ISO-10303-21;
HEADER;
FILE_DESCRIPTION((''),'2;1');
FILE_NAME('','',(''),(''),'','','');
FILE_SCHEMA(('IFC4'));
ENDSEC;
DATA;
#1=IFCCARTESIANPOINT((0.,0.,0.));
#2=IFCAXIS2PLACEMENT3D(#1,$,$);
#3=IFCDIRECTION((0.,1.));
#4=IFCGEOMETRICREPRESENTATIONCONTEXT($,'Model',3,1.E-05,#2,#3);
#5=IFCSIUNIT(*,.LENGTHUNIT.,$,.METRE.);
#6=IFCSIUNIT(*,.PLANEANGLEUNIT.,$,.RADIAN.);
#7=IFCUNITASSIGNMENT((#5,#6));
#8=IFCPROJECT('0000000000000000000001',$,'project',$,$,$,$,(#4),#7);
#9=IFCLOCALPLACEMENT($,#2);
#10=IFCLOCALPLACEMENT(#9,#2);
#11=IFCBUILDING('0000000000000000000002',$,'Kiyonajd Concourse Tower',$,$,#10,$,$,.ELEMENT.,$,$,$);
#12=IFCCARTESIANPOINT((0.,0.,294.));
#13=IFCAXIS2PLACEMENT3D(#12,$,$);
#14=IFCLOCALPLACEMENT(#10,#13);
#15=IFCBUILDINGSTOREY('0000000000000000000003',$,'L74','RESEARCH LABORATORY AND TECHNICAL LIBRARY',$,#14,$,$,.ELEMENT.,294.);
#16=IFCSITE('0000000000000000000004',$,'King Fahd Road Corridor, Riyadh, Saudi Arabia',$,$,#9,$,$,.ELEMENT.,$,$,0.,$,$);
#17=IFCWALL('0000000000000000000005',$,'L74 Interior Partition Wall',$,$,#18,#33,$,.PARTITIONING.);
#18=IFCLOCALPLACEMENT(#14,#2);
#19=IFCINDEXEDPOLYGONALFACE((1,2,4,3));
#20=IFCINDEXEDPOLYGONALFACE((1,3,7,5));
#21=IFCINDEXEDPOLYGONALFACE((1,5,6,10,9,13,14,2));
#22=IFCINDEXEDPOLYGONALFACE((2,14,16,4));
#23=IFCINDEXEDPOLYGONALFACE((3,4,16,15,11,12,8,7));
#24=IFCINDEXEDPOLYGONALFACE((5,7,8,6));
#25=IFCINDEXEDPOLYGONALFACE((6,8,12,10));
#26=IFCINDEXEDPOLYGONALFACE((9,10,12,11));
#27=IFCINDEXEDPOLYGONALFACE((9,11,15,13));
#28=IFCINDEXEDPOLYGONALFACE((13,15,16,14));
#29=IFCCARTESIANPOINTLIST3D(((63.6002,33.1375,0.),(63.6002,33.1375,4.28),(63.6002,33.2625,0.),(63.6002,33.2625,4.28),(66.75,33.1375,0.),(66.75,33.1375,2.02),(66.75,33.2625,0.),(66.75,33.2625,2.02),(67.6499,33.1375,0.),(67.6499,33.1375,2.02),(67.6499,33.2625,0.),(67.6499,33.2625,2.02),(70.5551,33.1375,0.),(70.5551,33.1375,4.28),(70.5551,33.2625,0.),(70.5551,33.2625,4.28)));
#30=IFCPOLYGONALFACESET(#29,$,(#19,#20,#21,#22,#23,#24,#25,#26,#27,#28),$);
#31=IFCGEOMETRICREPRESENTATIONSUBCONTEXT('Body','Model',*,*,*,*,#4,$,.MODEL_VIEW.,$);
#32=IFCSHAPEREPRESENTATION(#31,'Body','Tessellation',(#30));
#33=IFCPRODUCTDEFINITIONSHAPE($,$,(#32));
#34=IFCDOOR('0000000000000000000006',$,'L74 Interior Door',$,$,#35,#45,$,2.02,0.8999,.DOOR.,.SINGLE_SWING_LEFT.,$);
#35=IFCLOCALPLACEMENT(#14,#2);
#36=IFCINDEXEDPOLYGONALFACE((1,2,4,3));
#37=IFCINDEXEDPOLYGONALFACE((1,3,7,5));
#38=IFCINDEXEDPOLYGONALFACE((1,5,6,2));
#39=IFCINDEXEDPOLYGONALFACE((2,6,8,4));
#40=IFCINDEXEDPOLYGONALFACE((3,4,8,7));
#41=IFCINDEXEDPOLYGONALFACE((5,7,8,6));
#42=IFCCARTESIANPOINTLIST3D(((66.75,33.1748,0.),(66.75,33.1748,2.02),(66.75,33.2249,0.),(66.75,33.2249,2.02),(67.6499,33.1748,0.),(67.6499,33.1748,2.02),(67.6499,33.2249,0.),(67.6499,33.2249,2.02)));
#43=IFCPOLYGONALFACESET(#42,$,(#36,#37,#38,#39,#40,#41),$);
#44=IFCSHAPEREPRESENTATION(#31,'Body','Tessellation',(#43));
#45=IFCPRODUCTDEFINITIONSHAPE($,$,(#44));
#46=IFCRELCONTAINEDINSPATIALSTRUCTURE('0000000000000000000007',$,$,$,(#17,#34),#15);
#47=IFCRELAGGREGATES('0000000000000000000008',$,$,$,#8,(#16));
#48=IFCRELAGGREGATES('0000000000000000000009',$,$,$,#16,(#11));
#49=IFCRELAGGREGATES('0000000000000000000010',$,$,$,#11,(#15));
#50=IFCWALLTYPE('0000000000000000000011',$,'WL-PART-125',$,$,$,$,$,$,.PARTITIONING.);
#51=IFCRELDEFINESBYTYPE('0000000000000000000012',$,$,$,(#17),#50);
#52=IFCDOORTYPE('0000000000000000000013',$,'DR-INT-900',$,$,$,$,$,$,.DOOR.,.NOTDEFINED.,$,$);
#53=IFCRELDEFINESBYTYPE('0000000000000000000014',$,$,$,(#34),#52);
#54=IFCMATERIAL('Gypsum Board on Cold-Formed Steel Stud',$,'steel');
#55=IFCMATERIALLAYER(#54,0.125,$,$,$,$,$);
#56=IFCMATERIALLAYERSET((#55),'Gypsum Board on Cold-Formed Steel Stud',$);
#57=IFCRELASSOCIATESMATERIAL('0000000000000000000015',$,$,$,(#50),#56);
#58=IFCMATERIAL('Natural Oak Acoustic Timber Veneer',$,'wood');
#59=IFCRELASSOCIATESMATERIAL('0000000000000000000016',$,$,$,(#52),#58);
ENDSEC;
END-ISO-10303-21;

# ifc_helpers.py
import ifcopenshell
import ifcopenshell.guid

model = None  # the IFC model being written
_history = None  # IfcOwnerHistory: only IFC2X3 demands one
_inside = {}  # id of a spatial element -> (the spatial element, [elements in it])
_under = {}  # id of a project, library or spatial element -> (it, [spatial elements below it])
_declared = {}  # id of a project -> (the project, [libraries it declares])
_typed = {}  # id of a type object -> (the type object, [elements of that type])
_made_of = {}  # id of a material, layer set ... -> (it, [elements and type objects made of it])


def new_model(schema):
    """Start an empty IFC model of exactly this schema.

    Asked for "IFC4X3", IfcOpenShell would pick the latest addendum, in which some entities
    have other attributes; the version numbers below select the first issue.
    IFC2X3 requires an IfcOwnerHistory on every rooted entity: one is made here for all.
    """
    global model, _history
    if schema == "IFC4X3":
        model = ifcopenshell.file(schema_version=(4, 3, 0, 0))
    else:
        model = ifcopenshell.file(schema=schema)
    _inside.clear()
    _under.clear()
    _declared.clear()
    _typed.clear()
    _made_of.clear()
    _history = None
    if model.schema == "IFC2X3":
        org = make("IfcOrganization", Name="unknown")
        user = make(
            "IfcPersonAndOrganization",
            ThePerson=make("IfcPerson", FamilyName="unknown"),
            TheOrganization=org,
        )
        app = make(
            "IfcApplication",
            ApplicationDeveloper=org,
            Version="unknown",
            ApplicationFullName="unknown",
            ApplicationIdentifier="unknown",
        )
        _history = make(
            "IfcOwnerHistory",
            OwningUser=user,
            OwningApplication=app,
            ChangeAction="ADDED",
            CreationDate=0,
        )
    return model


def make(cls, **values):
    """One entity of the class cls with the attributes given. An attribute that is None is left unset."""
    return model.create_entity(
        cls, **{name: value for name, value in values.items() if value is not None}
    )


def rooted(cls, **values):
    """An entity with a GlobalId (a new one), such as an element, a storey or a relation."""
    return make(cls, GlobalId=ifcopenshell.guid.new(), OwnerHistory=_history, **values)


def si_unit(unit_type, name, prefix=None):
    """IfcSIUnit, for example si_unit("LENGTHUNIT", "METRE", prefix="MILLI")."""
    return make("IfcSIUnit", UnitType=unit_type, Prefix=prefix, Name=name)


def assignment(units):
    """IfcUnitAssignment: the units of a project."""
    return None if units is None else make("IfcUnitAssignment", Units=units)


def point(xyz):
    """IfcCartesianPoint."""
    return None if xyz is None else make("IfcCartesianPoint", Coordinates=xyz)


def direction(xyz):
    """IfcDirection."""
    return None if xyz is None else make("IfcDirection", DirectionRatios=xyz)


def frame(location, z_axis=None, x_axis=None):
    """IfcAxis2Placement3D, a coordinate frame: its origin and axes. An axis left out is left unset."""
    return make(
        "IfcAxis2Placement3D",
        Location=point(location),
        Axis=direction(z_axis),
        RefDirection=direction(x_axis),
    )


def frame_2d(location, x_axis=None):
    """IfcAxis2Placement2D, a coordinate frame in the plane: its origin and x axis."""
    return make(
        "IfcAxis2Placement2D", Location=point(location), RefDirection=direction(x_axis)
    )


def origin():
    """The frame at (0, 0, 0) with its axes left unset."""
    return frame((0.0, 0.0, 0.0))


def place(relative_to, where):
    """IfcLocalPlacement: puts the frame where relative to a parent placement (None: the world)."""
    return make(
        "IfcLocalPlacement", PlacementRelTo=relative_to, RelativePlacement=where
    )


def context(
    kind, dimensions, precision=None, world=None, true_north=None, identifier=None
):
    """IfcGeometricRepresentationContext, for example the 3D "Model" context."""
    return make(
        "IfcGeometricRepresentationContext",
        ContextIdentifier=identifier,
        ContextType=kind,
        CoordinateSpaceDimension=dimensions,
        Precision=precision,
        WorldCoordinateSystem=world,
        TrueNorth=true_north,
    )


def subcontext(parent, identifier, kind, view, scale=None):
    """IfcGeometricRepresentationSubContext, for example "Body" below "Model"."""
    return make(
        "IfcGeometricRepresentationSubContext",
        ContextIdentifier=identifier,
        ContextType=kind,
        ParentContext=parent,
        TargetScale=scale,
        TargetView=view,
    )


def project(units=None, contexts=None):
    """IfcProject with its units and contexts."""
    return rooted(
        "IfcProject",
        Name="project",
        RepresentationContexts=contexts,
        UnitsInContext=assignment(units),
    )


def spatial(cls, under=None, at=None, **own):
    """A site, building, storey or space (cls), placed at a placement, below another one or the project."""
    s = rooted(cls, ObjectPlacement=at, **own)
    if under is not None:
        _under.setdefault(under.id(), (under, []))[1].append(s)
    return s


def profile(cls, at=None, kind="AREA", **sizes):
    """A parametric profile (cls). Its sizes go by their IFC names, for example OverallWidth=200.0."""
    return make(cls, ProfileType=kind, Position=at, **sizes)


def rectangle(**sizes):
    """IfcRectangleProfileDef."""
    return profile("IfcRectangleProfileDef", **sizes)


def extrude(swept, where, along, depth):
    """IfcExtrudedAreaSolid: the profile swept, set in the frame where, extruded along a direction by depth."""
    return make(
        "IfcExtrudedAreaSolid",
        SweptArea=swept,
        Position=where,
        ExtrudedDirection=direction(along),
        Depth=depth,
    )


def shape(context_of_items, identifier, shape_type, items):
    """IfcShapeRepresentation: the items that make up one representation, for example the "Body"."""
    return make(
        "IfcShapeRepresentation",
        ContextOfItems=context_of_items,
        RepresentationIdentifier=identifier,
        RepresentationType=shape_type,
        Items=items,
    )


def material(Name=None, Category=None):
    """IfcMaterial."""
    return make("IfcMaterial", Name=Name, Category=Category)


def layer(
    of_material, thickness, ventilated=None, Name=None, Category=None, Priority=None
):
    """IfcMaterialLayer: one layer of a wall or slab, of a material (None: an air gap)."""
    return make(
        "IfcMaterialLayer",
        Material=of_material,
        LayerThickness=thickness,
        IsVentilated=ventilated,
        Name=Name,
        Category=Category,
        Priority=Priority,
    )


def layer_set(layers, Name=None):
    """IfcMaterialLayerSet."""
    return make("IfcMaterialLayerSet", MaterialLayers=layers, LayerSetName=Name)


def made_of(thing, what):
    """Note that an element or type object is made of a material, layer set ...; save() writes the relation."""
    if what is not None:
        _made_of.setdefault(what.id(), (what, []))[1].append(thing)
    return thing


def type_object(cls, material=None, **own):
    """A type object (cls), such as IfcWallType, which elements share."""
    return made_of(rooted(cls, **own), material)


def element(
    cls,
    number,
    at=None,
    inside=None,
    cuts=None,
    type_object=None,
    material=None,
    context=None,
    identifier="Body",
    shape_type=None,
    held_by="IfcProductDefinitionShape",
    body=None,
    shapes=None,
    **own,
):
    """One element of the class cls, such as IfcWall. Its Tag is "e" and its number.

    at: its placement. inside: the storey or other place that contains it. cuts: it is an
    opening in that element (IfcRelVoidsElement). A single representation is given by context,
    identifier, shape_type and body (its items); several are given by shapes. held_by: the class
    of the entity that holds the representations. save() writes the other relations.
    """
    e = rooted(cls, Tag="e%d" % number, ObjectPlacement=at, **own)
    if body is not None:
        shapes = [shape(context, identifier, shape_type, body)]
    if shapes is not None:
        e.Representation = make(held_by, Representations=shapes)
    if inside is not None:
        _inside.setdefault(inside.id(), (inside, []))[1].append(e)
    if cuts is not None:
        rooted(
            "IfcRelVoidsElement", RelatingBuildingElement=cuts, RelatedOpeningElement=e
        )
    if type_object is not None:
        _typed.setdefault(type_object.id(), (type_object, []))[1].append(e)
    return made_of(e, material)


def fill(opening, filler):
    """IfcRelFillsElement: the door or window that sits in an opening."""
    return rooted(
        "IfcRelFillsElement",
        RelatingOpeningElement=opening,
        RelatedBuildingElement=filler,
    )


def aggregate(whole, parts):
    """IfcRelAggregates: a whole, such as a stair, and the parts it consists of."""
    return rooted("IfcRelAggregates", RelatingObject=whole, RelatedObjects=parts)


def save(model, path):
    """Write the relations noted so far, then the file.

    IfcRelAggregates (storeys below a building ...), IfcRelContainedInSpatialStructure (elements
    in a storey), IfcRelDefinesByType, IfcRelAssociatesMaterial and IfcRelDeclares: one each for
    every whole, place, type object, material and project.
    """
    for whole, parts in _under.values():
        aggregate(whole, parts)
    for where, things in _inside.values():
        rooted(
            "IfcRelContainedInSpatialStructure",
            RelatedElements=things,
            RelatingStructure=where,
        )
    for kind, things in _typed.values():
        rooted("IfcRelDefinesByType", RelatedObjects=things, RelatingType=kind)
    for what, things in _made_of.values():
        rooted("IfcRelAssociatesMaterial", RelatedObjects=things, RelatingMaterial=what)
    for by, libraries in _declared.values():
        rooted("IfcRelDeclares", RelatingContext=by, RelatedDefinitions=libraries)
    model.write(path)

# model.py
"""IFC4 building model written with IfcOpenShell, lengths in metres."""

from ifc_helpers import new_model, si_unit, direction, frame, frame_2d, origin, place, context, subcontext, project, spatial, rectangle, extrude, material, layer, layer_set, type_object, element, fill, save


model = new_model("IFC4")

# Units and contexts
model_context = context("Model", 3, precision=1e-05, world=origin(), true_north=direction((0.0, 1.0)))
body_context = subcontext(model_context, "Body", "Model", "MODEL_VIEW")
ifc_project = project(units=[si_unit("LENGTHUNIT", "METRE"), si_unit("PLANEANGLEUNIT", "RADIAN")], contexts=[model_context])

# Site, building, storey
site_placement = place(None, origin())
site = spatial("IfcSite", under=ifc_project, at=site_placement, Name="King Fahd Road Corridor, Riyadh, Saudi Arabia", CompositionType="ELEMENT", RefElevation=0.0)
building_placement = place(site_placement, origin())
building = spatial("IfcBuilding", under=site, at=building_placement, Name="Kiyonajd Concourse Tower", CompositionType="ELEMENT")
storey_placement = place(building_placement, frame((0.0, 0.0, 294.0)))
storey = spatial("IfcBuildingStorey", under=building, at=storey_placement, Name="L74", Description="RESEARCH LABORATORY AND TECHNICAL LIBRARY", CompositionType="ELEMENT", Elevation=294.0)

# Wall, opening, door
ifc_material_1 = material(Name="Gypsum Board on Cold-Formed Steel Stud", Category="steel")
ifc_layer_1 = layer(ifc_material_1, 0.125)
ifc_layer_set_1 = layer_set([ifc_layer_1], Name="Gypsum Board on Cold-Formed Steel Stud")
wall_type_1 = type_object("IfcWallType", Name="WL-PART-125", PredefinedType="PARTITIONING", material=ifc_layer_set_1)
wall_1_placement = place(storey_placement, frame((63.6001, 33.2, 0.0), z_axis=(0.0, 0.0, 1.0), x_axis=(1.0, 0.0, 0.0)))
wall_1 = element("IfcWall", 1, at=wall_1_placement, inside=storey, type_object=wall_type_1, Name="L74 Interior Partition Wall", PredefinedType="PARTITIONING", context=body_context, shape_type="SweptSolid", body=[
    extrude(rectangle(XDim=6.9548, YDim=0.125, at=frame_2d((3.4775, 0.0))), origin(), (0.0, 0.0, 1.0), 4.28),
])
opening_placement = place(wall_1_placement, frame((3.1499, 0.0, 0.0)))
opening = element("IfcOpeningElement", 2, at=opening_placement, cuts=wall_1, PredefinedType="OPENING", context=body_context, shape_type="SweptSolid", body=[
    extrude(rectangle(XDim=0.8999, YDim=2.02, at=frame_2d((0.45, 1.01))), frame((0.0, 0.0725, 0.0), z_axis=(0.0, -1.0, 0.0), x_axis=(1.0, 0.0, 0.0)), (0.0, 0.0, 1.0), 0.145),
])
ifc_material_2 = material(Name="Natural Oak Acoustic Timber Veneer", Category="wood")
door_type = type_object("IfcDoorType", Name="DR-INT-900", OperationType="NOTDEFINED", PredefinedType="DOOR", material=ifc_material_2)
door_placement = place(opening_placement, origin())
door = element("IfcDoor", 3, at=door_placement, inside=storey, type_object=door_type, Name="L74 Interior Door", OperationType="SINGLE_SWING_LEFT", OverallHeight=2.02, OverallWidth=0.8999, PredefinedType="DOOR", context=body_context, shape_type="SweptSolid", body=[
    extrude(rectangle(XDim=0.8999, YDim=2.02, at=frame_2d((0.45, 1.01))), frame((0.0, 0.0249, 0.0), z_axis=(0.0, -1.0, 0.0), x_axis=(1.0, 0.0, 0.0)), (0.0, 0.0, 1.0), 0.05),
])
fill(opening, door)

save(model, "model.ifc")
